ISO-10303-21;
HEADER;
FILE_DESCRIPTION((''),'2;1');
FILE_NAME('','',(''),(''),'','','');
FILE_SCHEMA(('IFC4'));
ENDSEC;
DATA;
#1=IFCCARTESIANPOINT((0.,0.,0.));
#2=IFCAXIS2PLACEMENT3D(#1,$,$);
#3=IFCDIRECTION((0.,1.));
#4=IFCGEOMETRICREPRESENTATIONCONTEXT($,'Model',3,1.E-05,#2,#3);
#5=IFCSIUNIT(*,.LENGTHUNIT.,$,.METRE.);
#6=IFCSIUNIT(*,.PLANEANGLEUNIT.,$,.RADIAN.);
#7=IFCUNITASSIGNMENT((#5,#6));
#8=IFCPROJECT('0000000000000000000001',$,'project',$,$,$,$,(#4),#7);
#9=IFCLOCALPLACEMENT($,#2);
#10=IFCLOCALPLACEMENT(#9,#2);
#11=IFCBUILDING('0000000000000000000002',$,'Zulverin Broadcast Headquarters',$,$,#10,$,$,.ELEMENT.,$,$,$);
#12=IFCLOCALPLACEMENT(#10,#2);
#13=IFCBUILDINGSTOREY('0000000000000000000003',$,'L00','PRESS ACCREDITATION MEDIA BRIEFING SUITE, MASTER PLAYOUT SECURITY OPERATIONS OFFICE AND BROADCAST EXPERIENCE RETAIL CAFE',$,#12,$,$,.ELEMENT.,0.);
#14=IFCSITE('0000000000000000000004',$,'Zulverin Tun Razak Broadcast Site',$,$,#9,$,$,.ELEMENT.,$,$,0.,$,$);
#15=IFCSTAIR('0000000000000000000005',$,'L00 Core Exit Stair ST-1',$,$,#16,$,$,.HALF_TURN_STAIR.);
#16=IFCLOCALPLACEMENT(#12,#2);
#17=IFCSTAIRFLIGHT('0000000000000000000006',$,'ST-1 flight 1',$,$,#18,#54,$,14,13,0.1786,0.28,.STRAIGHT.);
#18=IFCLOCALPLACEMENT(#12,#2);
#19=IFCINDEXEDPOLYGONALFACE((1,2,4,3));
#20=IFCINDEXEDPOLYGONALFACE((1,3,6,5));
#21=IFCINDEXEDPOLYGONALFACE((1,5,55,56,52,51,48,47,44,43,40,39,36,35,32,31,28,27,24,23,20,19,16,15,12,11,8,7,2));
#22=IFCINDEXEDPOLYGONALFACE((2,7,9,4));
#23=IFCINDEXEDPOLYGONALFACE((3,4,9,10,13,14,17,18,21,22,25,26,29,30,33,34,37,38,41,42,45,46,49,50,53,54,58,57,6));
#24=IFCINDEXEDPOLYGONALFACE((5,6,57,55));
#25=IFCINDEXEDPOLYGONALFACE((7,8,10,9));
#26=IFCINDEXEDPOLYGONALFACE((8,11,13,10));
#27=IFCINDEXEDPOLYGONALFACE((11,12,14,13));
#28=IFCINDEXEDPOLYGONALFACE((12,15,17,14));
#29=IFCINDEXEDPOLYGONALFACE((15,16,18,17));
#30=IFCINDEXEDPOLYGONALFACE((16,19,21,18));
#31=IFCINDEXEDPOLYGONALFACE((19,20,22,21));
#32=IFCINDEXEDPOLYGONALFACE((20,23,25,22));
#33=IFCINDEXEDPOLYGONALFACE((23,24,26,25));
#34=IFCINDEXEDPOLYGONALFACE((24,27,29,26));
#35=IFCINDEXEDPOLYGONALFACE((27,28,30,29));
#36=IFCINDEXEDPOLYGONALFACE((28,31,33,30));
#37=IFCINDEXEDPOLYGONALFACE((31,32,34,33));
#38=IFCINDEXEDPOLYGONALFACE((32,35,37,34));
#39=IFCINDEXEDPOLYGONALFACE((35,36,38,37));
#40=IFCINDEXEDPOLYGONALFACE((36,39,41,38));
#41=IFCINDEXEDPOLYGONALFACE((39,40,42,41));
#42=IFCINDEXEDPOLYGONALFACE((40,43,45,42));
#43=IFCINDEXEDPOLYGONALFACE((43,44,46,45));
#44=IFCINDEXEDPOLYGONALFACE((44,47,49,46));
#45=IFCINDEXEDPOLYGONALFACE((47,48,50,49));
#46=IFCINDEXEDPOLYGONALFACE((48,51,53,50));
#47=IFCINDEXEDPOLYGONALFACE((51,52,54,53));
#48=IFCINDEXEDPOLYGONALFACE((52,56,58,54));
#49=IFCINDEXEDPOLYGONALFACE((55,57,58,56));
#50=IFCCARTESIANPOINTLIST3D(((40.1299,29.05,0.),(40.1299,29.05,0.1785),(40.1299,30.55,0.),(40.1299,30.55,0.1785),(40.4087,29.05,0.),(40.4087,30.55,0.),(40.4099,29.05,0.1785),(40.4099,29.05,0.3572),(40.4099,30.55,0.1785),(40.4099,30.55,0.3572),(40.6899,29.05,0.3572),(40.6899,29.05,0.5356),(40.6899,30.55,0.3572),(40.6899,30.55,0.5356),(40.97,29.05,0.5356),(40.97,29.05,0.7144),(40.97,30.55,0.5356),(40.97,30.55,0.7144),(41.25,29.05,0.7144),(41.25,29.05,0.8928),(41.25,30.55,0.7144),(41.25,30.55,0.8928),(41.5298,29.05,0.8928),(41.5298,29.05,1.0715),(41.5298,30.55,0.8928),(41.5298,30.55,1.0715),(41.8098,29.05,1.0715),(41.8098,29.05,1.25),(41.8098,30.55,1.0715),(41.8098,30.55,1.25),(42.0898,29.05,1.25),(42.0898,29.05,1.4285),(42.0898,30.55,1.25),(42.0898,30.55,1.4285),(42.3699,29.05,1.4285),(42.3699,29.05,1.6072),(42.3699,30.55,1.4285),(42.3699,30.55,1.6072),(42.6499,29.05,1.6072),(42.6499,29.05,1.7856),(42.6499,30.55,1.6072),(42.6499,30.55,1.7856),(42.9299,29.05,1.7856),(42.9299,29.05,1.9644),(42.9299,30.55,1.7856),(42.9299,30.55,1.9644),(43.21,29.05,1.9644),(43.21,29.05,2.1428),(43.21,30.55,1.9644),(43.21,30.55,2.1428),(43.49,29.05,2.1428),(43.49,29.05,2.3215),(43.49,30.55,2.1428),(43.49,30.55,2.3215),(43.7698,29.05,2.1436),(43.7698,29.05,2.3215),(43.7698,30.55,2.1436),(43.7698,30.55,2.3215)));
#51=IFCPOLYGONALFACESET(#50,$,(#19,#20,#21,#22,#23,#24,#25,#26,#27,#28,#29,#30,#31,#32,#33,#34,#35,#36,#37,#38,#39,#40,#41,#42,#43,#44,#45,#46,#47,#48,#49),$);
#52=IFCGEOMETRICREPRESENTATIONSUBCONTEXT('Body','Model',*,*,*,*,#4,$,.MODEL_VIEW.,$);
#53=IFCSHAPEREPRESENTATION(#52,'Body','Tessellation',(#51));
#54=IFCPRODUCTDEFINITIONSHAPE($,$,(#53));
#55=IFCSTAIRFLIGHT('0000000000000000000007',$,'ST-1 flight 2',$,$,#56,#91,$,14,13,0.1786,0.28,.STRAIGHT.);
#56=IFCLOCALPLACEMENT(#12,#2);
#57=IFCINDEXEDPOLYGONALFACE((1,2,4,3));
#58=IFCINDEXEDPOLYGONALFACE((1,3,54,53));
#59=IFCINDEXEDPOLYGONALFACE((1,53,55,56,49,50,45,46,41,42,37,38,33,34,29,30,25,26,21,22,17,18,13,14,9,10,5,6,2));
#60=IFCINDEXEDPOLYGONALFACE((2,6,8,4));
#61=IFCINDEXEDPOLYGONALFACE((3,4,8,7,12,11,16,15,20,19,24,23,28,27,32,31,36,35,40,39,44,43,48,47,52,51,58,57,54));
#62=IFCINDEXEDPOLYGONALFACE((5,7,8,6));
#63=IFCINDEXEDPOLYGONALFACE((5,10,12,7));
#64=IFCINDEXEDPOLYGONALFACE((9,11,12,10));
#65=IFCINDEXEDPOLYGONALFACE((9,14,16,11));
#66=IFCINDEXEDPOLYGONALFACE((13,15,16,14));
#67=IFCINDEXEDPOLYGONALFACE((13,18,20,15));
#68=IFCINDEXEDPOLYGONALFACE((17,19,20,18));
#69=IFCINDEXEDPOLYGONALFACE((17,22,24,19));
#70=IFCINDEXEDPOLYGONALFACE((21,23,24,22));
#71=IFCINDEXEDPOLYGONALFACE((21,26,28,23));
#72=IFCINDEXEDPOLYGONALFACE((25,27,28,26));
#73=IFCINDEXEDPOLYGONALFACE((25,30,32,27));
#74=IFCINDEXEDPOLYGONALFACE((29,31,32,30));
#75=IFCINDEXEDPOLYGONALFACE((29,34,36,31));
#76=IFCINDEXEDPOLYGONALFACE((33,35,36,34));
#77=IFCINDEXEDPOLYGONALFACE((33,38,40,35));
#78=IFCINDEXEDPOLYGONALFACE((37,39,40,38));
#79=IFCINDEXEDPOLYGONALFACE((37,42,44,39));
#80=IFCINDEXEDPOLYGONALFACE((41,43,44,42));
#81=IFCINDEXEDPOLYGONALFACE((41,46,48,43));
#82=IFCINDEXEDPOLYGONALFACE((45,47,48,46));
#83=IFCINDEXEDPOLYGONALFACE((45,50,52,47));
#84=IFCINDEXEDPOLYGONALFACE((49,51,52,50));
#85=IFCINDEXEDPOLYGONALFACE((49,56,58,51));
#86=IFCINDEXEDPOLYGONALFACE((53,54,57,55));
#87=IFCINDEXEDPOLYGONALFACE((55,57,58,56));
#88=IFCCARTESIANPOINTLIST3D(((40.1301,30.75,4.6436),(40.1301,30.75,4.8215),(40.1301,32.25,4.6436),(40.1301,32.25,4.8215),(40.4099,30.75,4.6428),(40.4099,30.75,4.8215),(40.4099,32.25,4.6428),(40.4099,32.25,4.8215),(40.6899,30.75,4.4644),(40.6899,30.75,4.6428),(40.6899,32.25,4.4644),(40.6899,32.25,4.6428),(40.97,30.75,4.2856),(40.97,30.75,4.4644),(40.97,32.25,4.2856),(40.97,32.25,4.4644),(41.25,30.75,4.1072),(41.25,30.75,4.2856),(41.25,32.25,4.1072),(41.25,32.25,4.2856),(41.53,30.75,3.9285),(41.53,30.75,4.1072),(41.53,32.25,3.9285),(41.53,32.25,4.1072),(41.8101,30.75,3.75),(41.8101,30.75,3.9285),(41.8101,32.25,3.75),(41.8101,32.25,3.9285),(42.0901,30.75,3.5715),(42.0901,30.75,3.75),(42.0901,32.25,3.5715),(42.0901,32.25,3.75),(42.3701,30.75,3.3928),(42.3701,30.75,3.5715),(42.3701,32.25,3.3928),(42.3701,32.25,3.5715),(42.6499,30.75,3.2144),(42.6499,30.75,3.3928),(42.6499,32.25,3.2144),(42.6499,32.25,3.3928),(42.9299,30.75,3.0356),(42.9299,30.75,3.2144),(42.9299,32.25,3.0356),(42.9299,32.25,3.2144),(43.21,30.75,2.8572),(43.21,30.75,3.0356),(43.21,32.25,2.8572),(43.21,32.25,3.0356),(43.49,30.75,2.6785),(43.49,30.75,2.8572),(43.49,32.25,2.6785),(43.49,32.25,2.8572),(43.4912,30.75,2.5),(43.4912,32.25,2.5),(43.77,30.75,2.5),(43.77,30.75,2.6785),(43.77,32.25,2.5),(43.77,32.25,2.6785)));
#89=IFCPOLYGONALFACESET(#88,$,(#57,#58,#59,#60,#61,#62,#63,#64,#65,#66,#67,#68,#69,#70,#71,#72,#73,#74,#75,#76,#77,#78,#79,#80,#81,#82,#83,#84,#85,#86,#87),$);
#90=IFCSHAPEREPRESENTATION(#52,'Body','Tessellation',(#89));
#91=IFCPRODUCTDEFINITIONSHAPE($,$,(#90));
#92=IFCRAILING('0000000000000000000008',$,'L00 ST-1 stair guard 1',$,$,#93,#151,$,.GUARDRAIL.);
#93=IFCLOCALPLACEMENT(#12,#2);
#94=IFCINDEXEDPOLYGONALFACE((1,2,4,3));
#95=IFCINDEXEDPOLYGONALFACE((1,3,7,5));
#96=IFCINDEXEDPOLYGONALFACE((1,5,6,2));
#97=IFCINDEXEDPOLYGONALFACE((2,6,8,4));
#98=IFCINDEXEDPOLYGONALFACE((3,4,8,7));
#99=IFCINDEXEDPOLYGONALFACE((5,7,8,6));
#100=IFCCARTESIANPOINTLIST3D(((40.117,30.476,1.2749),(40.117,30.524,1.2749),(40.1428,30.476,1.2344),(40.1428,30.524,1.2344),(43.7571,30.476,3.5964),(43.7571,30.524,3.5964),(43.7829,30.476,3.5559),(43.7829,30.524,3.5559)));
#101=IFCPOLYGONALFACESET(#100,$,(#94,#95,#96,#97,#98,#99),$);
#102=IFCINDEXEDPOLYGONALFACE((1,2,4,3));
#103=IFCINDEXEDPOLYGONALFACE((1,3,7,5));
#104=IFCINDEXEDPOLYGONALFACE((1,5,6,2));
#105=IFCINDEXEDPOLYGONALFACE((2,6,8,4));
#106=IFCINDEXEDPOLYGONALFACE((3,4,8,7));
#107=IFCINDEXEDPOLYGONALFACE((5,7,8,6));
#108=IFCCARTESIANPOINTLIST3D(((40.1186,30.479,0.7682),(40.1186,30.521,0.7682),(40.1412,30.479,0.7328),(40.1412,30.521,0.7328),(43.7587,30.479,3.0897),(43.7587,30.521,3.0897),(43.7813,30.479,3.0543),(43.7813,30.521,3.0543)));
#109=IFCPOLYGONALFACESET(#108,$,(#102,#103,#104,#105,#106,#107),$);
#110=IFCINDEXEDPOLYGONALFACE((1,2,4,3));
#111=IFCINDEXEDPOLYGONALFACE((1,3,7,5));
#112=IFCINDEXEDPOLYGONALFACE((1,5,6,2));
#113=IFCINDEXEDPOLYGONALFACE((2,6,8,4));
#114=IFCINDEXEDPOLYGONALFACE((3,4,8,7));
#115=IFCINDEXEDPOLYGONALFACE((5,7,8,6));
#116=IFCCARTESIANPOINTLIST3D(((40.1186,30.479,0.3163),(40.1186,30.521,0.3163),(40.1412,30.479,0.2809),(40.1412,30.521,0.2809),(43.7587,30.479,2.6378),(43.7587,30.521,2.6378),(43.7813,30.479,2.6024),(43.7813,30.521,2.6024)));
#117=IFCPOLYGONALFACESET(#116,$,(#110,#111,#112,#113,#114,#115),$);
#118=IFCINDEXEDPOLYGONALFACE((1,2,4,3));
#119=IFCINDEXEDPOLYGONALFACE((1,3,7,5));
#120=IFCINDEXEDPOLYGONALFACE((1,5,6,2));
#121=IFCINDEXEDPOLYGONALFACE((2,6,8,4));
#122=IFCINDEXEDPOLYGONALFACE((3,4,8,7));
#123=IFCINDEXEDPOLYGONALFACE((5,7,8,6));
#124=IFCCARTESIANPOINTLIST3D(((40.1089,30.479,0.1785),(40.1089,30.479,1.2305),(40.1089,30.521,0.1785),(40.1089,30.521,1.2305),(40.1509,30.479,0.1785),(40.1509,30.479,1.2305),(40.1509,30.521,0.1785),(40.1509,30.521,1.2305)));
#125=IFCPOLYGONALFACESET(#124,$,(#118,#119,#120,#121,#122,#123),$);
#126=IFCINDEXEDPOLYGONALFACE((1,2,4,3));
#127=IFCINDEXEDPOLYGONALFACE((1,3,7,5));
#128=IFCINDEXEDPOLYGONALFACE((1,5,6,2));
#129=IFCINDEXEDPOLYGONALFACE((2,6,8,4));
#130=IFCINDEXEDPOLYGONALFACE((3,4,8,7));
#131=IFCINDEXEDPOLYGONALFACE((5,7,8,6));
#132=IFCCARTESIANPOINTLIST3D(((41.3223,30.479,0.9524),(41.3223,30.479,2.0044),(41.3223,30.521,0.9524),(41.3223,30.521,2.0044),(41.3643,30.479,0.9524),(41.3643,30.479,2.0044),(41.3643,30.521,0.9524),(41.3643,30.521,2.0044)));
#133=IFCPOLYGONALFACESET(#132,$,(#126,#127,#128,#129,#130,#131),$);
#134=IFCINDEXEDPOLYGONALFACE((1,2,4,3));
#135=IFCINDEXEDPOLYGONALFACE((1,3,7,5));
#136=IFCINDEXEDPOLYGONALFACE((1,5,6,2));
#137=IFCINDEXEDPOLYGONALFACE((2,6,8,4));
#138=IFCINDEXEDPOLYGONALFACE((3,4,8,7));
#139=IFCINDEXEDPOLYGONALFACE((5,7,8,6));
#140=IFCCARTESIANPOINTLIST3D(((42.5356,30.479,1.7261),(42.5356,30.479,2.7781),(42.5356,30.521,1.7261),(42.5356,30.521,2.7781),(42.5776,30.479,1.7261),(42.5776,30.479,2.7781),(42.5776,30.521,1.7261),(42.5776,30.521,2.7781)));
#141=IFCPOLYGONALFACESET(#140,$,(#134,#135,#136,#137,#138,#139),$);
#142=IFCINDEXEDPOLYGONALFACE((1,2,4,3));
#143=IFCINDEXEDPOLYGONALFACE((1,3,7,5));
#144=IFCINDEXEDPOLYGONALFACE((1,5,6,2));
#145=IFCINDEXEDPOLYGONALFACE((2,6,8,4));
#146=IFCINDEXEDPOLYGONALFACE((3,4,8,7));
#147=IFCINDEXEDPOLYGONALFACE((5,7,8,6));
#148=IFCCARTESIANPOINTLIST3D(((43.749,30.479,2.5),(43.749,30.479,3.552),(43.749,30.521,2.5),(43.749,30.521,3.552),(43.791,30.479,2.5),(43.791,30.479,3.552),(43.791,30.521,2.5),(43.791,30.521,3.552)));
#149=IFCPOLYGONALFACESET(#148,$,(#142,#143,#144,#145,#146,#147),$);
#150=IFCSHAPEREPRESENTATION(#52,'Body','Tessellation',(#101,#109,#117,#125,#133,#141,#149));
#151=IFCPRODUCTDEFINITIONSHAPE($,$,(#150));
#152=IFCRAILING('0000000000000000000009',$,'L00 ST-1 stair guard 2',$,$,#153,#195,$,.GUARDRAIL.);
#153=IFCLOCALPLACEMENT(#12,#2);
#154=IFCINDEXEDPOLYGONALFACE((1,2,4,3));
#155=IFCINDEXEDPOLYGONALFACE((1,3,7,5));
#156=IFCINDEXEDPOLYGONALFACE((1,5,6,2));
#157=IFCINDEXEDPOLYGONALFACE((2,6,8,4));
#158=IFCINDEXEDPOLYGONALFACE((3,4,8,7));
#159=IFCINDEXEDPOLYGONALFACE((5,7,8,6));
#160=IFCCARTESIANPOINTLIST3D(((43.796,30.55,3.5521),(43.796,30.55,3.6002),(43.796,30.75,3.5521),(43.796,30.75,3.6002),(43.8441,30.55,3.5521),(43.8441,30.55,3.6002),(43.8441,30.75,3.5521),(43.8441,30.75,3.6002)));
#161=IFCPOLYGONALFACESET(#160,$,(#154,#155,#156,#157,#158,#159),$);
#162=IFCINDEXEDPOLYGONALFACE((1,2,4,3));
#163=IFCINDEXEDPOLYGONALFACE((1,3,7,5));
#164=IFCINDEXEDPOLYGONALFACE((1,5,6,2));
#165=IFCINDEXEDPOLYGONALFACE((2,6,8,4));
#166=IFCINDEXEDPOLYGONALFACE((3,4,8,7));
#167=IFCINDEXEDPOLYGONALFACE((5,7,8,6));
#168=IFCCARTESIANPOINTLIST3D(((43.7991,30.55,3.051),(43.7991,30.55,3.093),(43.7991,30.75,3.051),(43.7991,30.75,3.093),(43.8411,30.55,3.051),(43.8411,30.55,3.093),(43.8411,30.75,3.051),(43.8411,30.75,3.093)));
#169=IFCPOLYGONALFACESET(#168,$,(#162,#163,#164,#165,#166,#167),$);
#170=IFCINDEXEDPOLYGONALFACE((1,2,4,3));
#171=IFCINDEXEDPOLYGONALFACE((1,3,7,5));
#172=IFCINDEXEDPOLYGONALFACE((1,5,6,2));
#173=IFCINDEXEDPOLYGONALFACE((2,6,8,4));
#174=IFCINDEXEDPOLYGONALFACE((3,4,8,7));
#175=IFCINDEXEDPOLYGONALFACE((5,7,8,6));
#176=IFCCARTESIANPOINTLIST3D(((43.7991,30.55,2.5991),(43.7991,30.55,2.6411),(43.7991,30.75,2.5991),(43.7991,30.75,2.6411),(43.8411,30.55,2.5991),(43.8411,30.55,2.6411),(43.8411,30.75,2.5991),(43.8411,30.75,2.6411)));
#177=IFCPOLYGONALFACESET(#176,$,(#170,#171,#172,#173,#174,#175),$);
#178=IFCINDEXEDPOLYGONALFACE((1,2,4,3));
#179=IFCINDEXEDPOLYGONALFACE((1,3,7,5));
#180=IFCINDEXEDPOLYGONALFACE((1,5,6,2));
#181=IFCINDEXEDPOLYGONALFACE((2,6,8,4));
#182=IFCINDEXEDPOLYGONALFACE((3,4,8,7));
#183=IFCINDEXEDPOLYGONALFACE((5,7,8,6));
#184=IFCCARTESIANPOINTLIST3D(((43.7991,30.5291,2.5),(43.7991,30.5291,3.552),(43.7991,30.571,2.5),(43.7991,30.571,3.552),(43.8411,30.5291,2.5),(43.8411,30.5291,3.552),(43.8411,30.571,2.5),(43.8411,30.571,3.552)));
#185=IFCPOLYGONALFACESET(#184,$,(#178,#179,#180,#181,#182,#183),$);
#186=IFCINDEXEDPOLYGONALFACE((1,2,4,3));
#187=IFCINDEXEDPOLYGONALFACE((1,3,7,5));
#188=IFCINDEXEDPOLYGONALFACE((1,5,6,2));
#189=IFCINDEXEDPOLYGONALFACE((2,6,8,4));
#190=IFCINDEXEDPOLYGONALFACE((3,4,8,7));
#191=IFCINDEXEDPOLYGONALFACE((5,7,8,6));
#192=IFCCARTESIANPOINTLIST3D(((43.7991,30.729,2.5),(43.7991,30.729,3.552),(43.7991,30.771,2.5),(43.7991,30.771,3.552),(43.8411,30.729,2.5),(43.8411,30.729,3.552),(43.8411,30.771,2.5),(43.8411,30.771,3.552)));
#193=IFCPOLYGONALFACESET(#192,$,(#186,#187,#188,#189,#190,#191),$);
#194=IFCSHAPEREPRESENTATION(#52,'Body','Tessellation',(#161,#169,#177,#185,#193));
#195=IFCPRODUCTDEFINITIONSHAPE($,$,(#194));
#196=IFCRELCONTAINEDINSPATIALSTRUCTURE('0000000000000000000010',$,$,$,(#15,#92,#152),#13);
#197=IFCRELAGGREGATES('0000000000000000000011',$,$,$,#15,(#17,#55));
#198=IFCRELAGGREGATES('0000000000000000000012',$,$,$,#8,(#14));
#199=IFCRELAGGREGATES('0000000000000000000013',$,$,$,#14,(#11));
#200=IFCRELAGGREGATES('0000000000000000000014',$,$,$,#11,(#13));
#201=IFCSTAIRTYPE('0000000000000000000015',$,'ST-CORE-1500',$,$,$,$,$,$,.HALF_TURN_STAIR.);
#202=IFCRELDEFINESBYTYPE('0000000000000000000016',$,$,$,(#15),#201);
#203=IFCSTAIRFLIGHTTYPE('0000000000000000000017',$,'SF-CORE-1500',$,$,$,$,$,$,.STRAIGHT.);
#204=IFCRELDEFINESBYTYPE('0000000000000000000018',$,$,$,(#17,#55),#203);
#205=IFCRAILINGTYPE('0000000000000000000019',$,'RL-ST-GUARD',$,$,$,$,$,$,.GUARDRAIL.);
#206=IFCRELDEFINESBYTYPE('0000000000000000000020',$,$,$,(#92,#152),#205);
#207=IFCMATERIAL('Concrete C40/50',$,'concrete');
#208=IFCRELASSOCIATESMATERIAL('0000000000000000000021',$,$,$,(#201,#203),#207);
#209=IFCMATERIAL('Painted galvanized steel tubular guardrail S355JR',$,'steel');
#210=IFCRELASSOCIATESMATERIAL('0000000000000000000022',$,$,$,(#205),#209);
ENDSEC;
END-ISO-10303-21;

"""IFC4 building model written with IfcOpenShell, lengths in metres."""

from ifc_helpers import new_model, si_unit, direction, frame, origin, origin_2d, place, context, subcontext, project, spatial, polyline, rectangle, outline, extrude, material, type_object, element, aggregate, save


model = new_model("IFC4")

# Units and contexts
model_context = context("Model", 3, precision=1e-05, world=origin(), true_north=direction((0.0, 1.0)))
body_context = subcontext(model_context, "Body", "Model", "MODEL_VIEW")
ifc_project = project(units=[si_unit("LENGTHUNIT", "METRE"), si_unit("PLANEANGLEUNIT", "RADIAN")], contexts=[model_context])

# Site, building, storey
site_placement = place(None, origin())
site = spatial("IfcSite", under=ifc_project, at=site_placement, Name="Zulverin Tun Razak Broadcast Site", CompositionType="ELEMENT", RefElevation=0.0)
building_placement = place(site_placement, origin())
building = spatial("IfcBuilding", under=site, at=building_placement, Name="Zulverin Broadcast Headquarters", CompositionType="ELEMENT")
storey_placement = place(building_placement, origin())
storey = spatial("IfcBuildingStorey", under=building, at=storey_placement, Name="L00", Description="PRESS ACCREDITATION MEDIA BRIEFING SUITE, MASTER PLAYOUT SECURITY OPERATIONS OFFICE AND BROADCAST EXPERIENCE RETAIL CAFE", CompositionType="ELEMENT", Elevation=0.0)

# Stair, stair flights
ifc_material_1 = material(Name="Concrete C40/50", Category="concrete")
stair_type = type_object("IfcStairType", Name="ST-CORE-1500", PredefinedType="HALF_TURN_STAIR", material=ifc_material_1)
stair_placement = place(storey_placement, origin())
stair = element("IfcStair", 1, at=stair_placement, inside=storey, type_object=stair_type, Name="L00 Core Exit Stair ST-1", PredefinedType="HALF_TURN_STAIR")
stair_flight_type = type_object("IfcStairFlightType", Name="SF-CORE-1500", PredefinedType="STRAIGHT", material=ifc_material_1)
stair_flight_1_placement = place(storey_placement, frame((40.1299, 29.8, 0.0), z_axis=(0.0, 0.0, 1.0), x_axis=(1.0, 0.0, 0.0)))
stair_flight_1 = element("IfcStairFlight", 2, at=stair_flight_1_placement, type_object=stair_flight_type, Name="ST-1 flight 1", NumberOfRisers=14, NumberOfTreads=13, PredefinedType="STRAIGHT", RiserHeight=0.1786, TreadLength=0.28, context=body_context, shape_type="SweptSolid", body=[
    extrude(outline(polyline([(0.0, 0.0), (0.0, 0.1785), (0.28, 0.1785), (0.28, 0.3572), (0.5601, 0.3572), (0.5601, 0.5356), (0.8401, 0.5356), (0.8401, 0.7144), (1.1201, 0.7144), (1.1201, 0.8928), (1.3999, 0.8928), (1.3999, 1.0715), (1.6799, 1.0715), (1.6799, 1.25), (1.96, 1.25), (1.96, 1.4285), (2.24, 1.4285), (2.24, 1.6072), (2.52, 1.6072), (2.52, 1.7856), (2.8, 1.7856), (2.8, 1.9644), (3.0801, 1.9644), (3.0801, 2.1428), (3.3601, 2.1428), (3.3601, 2.3215), (3.6399, 2.3215), (3.6399, 2.5), (3.6399, 2.1436), (0.2788, 0.0), (0.0, 0.0)])), frame((0.0, 0.75, 0.0), z_axis=(0.0, -1.0, 0.0), x_axis=(1.0, 0.0, 0.0)), (0.0, 0.0, 1.0), 1.5),
])
stair_flight_2_placement = place(storey_placement, frame((43.77, 31.5, 2.5), z_axis=(0.0, 0.0, 1.0), x_axis=(-1.0, 0.0, 0.0)))
stair_flight_2 = element("IfcStairFlight", 3, at=stair_flight_2_placement, type_object=stair_flight_type, Name="ST-1 flight 2", NumberOfRisers=14, NumberOfTreads=13, PredefinedType="STRAIGHT", RiserHeight=0.1786, TreadLength=0.28, context=body_context, shape_type="SweptSolid", body=[
    extrude(outline(polyline([(0.0, 0.0), (0.0, 0.1785), (0.28, 0.1785), (0.28, 0.3572), (0.5601, 0.3572), (0.5601, 0.5356), (0.8401, 0.5356), (0.8401, 0.7144), (1.1201, 0.7144), (1.1201, 0.8928), (1.3999, 0.8928), (1.3999, 1.0715), (1.6799, 1.0715), (1.6799, 1.25), (1.96, 1.25), (1.96, 1.4285), (2.24, 1.4285), (2.24, 1.6072), (2.52, 1.6072), (2.52, 1.7856), (2.8, 1.7856), (2.8, 1.9644), (3.0801, 1.9644), (3.0801, 2.1428), (3.3601, 2.1428), (3.3601, 2.3215), (3.6399, 2.3215), (3.6399, 2.5), (3.6399, 2.1436), (0.2788, 0.0), (0.0, 0.0)])), frame((0.0, 0.75, 0.0), z_axis=(0.0, -1.0, 0.0), x_axis=(1.0, 0.0, 0.0)), (0.0, 0.0, 1.0), 1.5),
])
aggregate(stair, [stair_flight_1, stair_flight_2])

# Railings
ifc_material_2 = material(Name="Painted galvanized steel tubular guardrail S355JR", Category="steel")
railing_type_1 = type_object("IfcRailingType", Name="RL-ST-GUARD", PredefinedType="GUARDRAIL", material=ifc_material_2)
railing_1_placement = place(storey_placement, frame((40.1299, 30.5, 0.1785)))
element("IfcRailing", 4, at=railing_1_placement, inside=storey, type_object=railing_type_1, Name="L00 ST-1 stair guard 1", PredefinedType="GUARDRAIL", context=body_context, shape_type="SweptSolid", body=[
    extrude(rectangle(XDim=0.0481, YDim=0.0481, at=origin_2d()), frame((0.0, 0.0, 1.0762), z_axis=(0.843128, 0.0, 0.537713), x_axis=(0.0, 1.0, 0.0)), (0.0, 0.0, 1.0), 4.3174),
    extrude(rectangle(XDim=0.042, YDim=0.042, at=origin_2d()), frame((0.0, 0.0, 0.572), z_axis=(0.843128, 0.0, 0.537713), x_axis=(0.0, 1.0, 0.0)), (0.0, 0.0, 1.0), 4.3174),
    extrude(rectangle(XDim=0.042, YDim=0.042, at=origin_2d()), frame((0.0, 0.0, 0.1201), z_axis=(0.843128, 0.0, 0.537713), x_axis=(0.0, 1.0, 0.0)), (0.0, 0.0, 1.0), 4.3174),
    extrude(rectangle(XDim=0.042, YDim=0.042, at=origin_2d()), origin(), (0.0, 0.0, 1.0), 1.052),
    extrude(rectangle(XDim=0.042, YDim=0.042, at=origin_2d()), frame((1.2134, 0.0, 0.7739)), (0.0, 0.0, 1.0), 1.052),
    extrude(rectangle(XDim=0.042, YDim=0.042, at=origin_2d()), frame((2.4268, 0.0, 1.5476)), (0.0, 0.0, 1.0), 1.052),
    extrude(rectangle(XDim=0.042, YDim=0.042, at=origin_2d()), frame((3.6401, 0.0, 2.3215)), (0.0, 0.0, 1.0), 1.052),
])
railing_2_placement = place(storey_placement, frame((43.8201, 30.55, 2.5)))
element("IfcRailing", 5, at=railing_2_placement, inside=storey, type_object=railing_type_1, Name="L00 ST-1 stair guard 2", PredefinedType="GUARDRAIL", context=body_context, shape_type="SweptSolid", body=[
    extrude(rectangle(XDim=0.0481, YDim=0.0481, at=origin_2d()), frame((0.0, 0.0, 1.0762), z_axis=(0.0, 1.0, 0.0), x_axis=(-1.0, 0.0, 0.0)), (0.0, 0.0, 1.0), 0.2),
    extrude(rectangle(XDim=0.042, YDim=0.042, at=origin_2d()), frame((0.0, 0.0, 0.572), z_axis=(0.0, 1.0, 0.0), x_axis=(-1.0, 0.0, 0.0)), (0.0, 0.0, 1.0), 0.2),
    extrude(rectangle(XDim=0.042, YDim=0.042, at=origin_2d()), frame((0.0, 0.0, 0.1201), z_axis=(0.0, 1.0, 0.0), x_axis=(-1.0, 0.0, 0.0)), (0.0, 0.0, 1.0), 0.2),
    extrude(rectangle(XDim=0.042, YDim=0.042, at=origin_2d()), origin(), (0.0, 0.0, 1.0), 1.052),
    extrude(rectangle(XDim=0.042, YDim=0.042, at=origin_2d()), frame((0.0, 0.2, 0.0)), (0.0, 0.0, 1.0), 1.052),
])

save(model, "model.ifc")
